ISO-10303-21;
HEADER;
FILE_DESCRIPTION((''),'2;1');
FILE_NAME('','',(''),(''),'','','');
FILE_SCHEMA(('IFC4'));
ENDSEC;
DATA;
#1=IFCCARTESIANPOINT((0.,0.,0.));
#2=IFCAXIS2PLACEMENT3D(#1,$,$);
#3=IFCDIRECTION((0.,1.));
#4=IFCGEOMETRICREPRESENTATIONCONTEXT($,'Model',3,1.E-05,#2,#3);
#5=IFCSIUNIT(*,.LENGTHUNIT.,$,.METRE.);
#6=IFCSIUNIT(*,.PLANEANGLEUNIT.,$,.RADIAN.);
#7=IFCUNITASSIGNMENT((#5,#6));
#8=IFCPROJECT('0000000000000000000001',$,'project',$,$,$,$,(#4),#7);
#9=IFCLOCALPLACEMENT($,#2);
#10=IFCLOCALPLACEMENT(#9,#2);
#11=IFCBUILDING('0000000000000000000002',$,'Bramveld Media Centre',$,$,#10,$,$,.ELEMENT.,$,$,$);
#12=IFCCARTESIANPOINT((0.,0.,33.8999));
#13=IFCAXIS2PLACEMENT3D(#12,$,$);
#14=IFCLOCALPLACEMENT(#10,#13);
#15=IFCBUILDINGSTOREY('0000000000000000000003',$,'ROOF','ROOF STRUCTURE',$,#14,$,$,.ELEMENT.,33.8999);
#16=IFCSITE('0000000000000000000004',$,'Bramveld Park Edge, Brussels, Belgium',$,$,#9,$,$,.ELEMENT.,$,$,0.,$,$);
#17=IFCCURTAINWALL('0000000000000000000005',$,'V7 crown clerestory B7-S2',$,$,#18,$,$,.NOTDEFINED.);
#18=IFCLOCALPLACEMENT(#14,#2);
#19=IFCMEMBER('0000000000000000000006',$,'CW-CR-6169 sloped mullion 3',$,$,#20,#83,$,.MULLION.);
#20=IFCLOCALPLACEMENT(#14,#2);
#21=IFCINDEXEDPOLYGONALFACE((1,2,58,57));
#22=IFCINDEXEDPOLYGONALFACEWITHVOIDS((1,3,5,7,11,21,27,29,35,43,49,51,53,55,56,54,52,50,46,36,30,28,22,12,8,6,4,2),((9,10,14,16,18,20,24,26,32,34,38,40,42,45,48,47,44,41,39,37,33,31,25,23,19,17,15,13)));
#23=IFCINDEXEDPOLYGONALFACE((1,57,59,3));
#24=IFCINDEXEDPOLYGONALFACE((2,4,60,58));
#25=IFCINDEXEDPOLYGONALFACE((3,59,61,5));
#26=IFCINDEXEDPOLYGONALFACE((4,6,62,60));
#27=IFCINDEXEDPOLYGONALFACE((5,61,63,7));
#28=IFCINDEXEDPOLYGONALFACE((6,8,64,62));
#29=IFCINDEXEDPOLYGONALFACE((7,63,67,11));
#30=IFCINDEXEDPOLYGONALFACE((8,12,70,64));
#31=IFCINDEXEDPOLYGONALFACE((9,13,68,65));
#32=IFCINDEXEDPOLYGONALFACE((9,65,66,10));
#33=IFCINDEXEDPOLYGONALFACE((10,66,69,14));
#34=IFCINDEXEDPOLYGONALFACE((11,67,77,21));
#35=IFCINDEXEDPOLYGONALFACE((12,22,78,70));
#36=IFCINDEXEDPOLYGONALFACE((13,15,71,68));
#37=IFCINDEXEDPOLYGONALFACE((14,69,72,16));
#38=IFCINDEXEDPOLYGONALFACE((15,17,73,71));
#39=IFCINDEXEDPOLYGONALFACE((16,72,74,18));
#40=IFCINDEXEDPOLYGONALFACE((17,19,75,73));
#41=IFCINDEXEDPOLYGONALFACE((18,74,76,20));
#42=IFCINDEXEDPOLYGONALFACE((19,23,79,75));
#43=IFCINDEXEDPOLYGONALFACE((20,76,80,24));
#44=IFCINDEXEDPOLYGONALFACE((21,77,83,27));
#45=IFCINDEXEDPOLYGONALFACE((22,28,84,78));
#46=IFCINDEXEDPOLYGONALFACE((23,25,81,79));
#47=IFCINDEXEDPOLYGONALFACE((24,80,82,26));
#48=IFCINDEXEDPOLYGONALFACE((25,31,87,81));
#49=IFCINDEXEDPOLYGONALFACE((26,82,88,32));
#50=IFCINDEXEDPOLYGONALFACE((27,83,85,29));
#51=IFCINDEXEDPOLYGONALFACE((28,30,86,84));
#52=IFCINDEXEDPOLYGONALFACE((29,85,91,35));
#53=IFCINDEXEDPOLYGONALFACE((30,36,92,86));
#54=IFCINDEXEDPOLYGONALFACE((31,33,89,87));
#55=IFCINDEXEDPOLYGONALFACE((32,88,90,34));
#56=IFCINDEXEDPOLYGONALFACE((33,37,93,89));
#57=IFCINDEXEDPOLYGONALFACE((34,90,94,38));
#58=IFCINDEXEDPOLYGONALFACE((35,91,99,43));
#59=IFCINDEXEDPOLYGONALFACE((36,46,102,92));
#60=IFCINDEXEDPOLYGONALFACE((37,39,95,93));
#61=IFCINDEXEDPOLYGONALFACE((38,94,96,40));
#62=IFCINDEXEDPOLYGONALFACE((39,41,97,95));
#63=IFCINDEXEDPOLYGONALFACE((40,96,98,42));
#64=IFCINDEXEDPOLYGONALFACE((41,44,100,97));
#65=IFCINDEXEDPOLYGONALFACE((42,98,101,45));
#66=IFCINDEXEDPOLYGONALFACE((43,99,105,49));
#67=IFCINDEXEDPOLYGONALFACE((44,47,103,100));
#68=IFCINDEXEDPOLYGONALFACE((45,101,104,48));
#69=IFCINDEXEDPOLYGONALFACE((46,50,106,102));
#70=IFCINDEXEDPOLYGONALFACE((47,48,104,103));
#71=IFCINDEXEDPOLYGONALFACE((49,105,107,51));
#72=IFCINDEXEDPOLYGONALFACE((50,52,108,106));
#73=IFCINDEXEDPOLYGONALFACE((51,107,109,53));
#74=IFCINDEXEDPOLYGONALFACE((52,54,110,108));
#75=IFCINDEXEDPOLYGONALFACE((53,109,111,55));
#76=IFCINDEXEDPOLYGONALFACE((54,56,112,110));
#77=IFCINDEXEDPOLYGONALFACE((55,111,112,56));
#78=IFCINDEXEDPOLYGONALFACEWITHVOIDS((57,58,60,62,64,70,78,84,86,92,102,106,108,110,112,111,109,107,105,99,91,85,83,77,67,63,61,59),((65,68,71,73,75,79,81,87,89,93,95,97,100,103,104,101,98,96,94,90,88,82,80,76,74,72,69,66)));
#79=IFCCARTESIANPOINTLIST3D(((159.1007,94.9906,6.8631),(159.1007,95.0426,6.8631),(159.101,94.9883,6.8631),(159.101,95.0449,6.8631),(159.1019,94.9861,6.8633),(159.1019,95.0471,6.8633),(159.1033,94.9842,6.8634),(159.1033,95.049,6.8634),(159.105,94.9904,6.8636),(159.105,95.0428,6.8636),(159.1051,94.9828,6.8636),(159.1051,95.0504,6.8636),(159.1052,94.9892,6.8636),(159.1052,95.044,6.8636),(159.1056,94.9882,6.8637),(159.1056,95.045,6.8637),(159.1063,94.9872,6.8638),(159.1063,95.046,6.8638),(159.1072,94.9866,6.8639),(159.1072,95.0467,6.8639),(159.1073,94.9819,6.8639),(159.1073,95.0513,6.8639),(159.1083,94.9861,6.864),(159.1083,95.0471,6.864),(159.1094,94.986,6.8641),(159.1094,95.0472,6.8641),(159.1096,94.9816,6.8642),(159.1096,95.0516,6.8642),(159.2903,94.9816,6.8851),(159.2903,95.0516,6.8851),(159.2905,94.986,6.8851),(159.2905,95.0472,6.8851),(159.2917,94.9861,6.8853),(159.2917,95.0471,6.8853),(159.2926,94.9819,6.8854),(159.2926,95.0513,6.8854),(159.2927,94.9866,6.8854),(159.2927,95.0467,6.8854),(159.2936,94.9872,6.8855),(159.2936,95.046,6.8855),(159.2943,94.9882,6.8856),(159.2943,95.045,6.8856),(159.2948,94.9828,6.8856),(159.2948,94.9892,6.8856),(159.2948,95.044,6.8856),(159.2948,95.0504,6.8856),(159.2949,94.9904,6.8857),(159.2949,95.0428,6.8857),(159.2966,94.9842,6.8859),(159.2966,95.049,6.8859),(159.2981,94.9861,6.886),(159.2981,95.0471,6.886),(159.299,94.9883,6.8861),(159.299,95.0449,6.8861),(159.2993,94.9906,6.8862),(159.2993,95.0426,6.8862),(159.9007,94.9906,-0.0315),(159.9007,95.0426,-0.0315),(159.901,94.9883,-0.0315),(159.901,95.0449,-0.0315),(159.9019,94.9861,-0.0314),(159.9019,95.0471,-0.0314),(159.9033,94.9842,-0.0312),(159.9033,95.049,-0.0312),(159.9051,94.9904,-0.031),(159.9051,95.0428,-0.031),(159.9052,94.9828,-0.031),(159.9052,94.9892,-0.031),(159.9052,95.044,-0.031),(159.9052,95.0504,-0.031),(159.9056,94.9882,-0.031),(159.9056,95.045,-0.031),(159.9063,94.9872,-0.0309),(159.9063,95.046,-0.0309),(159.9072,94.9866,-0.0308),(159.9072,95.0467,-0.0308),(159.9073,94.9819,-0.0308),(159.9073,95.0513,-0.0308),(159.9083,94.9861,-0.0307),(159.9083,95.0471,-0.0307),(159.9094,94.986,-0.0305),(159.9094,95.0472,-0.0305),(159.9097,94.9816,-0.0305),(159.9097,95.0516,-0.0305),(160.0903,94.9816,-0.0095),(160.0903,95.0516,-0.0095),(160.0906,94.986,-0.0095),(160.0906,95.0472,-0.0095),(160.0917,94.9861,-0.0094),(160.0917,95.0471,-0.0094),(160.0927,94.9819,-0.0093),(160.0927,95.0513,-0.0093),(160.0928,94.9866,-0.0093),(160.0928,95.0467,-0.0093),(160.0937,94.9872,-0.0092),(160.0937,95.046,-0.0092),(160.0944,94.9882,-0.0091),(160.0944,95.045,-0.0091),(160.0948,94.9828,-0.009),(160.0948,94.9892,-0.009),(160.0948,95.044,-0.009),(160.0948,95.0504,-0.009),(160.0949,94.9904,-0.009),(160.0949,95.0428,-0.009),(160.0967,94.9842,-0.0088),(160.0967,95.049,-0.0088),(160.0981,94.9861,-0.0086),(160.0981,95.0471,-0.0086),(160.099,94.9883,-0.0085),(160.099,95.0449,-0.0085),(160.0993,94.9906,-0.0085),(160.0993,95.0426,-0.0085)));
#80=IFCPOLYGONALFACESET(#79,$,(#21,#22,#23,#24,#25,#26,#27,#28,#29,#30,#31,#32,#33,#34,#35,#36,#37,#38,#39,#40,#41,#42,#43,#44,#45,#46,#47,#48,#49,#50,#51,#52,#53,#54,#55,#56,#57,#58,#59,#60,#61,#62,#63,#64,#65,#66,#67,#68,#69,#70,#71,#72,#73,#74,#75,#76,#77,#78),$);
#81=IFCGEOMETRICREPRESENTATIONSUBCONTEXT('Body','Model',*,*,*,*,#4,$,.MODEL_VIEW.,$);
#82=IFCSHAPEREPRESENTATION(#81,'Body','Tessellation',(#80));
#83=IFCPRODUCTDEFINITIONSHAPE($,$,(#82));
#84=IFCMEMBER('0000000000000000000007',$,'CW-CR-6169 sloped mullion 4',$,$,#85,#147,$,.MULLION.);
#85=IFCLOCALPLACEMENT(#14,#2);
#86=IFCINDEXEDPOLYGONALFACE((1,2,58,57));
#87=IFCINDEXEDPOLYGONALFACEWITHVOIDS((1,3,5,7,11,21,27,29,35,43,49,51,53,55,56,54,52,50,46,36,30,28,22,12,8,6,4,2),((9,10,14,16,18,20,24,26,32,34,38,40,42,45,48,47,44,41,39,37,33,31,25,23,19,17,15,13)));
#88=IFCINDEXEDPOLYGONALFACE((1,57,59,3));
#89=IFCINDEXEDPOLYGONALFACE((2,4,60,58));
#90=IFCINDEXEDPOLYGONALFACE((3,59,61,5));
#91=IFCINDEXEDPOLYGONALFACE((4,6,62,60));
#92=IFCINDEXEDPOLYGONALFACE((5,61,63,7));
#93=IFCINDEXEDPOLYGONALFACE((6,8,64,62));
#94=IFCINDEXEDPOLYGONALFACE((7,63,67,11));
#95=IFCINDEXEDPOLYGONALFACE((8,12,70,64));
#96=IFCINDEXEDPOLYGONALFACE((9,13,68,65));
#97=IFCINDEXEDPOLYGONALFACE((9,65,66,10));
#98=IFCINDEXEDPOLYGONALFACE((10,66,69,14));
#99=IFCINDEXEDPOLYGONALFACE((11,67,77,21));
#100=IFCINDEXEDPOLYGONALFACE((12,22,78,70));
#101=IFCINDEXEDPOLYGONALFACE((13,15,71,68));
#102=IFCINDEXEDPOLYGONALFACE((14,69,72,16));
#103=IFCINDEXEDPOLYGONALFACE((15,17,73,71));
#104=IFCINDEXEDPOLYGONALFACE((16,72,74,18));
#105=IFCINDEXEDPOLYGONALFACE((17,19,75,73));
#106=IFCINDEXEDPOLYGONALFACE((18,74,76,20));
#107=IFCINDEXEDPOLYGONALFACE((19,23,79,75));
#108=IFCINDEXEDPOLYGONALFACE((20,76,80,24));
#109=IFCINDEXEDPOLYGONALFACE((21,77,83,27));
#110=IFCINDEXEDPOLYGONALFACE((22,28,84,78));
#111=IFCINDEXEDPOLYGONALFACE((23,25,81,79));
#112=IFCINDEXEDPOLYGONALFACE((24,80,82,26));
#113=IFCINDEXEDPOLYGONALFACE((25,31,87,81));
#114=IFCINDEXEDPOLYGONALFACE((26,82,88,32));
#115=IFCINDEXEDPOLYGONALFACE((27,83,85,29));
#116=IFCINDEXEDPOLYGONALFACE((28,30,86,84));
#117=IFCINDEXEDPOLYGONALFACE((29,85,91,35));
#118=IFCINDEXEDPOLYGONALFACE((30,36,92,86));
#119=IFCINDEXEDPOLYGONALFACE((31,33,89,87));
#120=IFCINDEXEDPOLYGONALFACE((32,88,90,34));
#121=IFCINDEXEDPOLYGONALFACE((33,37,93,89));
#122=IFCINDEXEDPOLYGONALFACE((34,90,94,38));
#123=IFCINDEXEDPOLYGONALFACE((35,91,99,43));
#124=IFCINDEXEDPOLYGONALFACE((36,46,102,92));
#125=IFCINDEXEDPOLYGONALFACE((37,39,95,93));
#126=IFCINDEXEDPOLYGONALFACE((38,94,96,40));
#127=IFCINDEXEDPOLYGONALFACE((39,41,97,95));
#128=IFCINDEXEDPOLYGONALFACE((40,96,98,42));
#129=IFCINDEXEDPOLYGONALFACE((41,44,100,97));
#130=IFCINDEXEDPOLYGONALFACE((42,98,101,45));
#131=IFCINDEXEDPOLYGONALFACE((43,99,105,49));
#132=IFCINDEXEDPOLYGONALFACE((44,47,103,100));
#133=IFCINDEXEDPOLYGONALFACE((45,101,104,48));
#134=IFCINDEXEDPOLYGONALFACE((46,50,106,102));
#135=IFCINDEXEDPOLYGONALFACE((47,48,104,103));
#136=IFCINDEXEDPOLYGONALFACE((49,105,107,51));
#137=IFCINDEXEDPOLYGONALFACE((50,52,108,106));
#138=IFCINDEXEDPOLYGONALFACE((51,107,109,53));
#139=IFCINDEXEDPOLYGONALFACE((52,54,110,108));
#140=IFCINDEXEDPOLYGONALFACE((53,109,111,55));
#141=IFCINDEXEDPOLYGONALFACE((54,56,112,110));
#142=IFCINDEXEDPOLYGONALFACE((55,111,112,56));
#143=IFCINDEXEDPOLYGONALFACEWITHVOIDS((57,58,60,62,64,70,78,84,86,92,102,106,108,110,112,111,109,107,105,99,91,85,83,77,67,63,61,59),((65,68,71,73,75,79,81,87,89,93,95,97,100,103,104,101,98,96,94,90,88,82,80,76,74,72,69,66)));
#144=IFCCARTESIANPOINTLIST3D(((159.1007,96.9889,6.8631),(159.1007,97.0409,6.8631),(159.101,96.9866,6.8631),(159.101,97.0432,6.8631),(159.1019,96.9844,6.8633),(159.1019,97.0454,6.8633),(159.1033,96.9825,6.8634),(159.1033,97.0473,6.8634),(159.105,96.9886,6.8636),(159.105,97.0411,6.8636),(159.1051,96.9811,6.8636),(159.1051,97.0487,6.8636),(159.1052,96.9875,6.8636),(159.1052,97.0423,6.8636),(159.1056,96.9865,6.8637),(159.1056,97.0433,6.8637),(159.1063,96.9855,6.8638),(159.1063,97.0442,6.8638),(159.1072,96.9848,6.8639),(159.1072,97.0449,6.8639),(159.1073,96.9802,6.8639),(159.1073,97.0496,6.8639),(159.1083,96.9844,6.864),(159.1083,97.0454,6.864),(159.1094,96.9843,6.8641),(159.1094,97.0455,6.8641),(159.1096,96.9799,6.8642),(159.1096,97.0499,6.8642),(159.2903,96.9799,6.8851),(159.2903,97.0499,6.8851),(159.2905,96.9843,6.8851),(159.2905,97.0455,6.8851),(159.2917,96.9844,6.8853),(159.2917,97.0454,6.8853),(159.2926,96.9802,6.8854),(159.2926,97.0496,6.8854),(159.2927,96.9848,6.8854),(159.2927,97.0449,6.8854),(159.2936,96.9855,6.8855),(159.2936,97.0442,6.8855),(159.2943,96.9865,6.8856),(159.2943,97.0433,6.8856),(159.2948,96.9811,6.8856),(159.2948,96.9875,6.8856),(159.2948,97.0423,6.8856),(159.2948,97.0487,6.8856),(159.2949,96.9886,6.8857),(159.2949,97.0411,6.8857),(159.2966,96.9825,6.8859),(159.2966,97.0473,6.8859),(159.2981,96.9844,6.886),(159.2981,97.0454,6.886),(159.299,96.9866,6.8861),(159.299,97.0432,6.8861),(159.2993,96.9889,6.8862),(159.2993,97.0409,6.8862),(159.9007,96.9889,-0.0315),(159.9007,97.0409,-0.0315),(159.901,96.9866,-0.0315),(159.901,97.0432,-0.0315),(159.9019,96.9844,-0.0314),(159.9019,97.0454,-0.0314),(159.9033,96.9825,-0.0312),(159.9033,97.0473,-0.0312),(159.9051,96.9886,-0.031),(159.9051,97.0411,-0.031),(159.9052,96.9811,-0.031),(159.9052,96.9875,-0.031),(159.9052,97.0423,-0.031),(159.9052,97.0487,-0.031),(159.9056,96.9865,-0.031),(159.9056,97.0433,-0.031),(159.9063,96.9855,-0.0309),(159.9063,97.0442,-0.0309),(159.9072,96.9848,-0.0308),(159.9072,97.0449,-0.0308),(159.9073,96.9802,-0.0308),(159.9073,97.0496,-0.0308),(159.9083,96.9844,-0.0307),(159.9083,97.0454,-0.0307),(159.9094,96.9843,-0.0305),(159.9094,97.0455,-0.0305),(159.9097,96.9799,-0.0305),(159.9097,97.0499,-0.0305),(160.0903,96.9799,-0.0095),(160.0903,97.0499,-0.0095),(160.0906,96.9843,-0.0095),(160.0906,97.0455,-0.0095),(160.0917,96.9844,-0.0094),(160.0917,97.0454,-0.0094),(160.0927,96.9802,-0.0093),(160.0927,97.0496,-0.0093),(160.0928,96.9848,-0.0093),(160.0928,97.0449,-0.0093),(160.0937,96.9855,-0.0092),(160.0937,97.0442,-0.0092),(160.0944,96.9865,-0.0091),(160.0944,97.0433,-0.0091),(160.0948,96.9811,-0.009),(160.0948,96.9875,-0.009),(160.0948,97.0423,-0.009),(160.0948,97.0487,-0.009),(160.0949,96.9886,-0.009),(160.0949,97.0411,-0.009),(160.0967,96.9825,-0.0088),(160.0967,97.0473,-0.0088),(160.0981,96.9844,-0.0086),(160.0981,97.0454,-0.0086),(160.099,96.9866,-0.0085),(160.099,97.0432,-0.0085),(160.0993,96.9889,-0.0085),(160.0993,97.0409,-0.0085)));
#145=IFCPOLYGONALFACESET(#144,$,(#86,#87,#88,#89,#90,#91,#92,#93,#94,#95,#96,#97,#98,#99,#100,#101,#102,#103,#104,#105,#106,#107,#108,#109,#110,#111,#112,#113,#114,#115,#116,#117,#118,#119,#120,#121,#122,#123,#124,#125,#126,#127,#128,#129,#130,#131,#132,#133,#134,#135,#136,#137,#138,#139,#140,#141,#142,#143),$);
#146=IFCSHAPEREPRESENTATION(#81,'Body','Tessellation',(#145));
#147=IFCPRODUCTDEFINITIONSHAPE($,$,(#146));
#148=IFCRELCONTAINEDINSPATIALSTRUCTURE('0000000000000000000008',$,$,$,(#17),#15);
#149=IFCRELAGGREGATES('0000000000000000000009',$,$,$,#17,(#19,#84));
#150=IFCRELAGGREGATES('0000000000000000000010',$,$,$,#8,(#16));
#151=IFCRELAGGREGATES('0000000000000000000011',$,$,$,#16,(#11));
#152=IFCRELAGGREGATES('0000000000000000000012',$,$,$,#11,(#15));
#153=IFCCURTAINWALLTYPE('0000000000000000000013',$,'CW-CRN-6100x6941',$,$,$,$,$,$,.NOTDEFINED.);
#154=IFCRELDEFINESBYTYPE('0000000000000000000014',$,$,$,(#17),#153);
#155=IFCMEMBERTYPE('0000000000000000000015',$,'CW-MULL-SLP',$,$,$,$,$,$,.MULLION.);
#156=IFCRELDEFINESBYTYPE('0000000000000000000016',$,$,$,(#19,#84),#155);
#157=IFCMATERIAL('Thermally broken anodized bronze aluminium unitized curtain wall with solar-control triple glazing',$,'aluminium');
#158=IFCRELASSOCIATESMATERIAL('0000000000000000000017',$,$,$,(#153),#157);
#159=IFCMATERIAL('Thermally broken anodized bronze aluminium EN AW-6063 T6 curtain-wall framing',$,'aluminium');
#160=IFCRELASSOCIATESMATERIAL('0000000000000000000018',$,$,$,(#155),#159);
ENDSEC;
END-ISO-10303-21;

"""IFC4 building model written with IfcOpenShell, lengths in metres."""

from ifc_helpers import new_model, si_unit, direction, frame, origin, origin_2d, place, context, subcontext, project, spatial, hollow_rectangle, extrude, material, material_profile, profile_set, type_object, element, aggregate, save


model = new_model("IFC4")

# Units and contexts
model_context = context("Model", 3, precision=1e-05, world=origin(), true_north=direction((0.0, 1.0)))
body_context = subcontext(model_context, "Body", "Model", "MODEL_VIEW")
ifc_project = project(units=[si_unit("LENGTHUNIT", "METRE"), si_unit("PLANEANGLEUNIT", "RADIAN")], contexts=[model_context])

# Site, building, storey
site_placement = place(None, origin())
site = spatial("IfcSite", under=ifc_project, at=site_placement, Name="Bramveld Park Edge, Brussels, Belgium", CompositionType="ELEMENT", RefElevation=0.0)
building_placement = place(site_placement, origin())
building = spatial("IfcBuilding", under=site, at=building_placement, Name="Bramveld Media Centre", CompositionType="ELEMENT")
storey_placement = place(building_placement, frame((0.0, 0.0, 33.8999)))
storey = spatial("IfcBuildingStorey", under=building, at=storey_placement, Name="ROOF", Description="ROOF STRUCTURE", CompositionType="ELEMENT", Elevation=33.8999)

# Curtain wall, members
ifc_material_1 = material(Name="Thermally broken anodized bronze aluminium unitized curtain wall with solar-control triple glazing", Category="aluminium")
curtain_wall_type = type_object("IfcCurtainWallType", Name="CW-CRN-6100x6941", PredefinedType="NOTDEFINED", material=ifc_material_1)
ifc_material_2 = material(Name="Thermally broken anodized bronze aluminium EN AW-6063 T6 curtain-wall framing", Category="aluminium")
ifc_material_profile_1 = material_profile(ifc_material_2, hollow_rectangle(XDim=0.0701, YDim=0.2, WallThickness=0.0044, InnerFilletRadius=0.0044, OuterFilletRadius=0.009, at=origin_2d()), Name="AL-MULL 70x200")
ifc_profile_set_1 = profile_set([ifc_material_profile_1], Name="Thermally broken anodized bronze aluminium EN AW-6063 T6 curtain-wall framing")
member_type_1 = type_object("IfcMemberType", Name="CW-MULL-SLP", PredefinedType="MULLION", material=ifc_profile_set_1)
curtain_wall_1_placement = place(storey_placement, origin())
curtain_wall_1 = element("IfcCurtainWall", 1, at=curtain_wall_1_placement, inside=storey, type_object=curtain_wall_type, Name="V7 crown clerestory B7-S2", PredefinedType="NOTDEFINED")
member_1_placement = place(storey_placement, frame((160.0, 95.0166, -0.02), z_axis=(-0.115264, 0.0, 0.993335), x_axis=(0.0, -1.0, 0.0)))
member_1 = element("IfcMember", 2, at=member_1_placement, type_object=member_type_1, Name="CW-CR-6169 sloped mullion 3", PredefinedType="MULLION", context=body_context, shape_type="SweptSolid", body=[
    extrude(hollow_rectangle(XDim=0.0701, YDim=0.2, WallThickness=0.0044, InnerFilletRadius=0.0044, OuterFilletRadius=0.009, at=origin_2d()), origin(), (0.0, 0.0, 1.0), 6.9409),
])
member_2_placement = place(storey_placement, frame((160.0, 97.0149, -0.02), z_axis=(-0.115264, 0.0, 0.993335), x_axis=(0.0, -1.0, 0.0)))
member_2 = element("IfcMember", 3, at=member_2_placement, type_object=member_type_1, Name="CW-CR-6169 sloped mullion 4", PredefinedType="MULLION", context=body_context, shape_type="SweptSolid", body=[
    extrude(hollow_rectangle(XDim=0.0701, YDim=0.2, WallThickness=0.0044, InnerFilletRadius=0.0044, OuterFilletRadius=0.009, at=origin_2d()), origin(), (0.0, 0.0, 1.0), 6.9409),
])

aggregate(curtain_wall_1, [member_1, member_2])

save(model, "model.ifc")
